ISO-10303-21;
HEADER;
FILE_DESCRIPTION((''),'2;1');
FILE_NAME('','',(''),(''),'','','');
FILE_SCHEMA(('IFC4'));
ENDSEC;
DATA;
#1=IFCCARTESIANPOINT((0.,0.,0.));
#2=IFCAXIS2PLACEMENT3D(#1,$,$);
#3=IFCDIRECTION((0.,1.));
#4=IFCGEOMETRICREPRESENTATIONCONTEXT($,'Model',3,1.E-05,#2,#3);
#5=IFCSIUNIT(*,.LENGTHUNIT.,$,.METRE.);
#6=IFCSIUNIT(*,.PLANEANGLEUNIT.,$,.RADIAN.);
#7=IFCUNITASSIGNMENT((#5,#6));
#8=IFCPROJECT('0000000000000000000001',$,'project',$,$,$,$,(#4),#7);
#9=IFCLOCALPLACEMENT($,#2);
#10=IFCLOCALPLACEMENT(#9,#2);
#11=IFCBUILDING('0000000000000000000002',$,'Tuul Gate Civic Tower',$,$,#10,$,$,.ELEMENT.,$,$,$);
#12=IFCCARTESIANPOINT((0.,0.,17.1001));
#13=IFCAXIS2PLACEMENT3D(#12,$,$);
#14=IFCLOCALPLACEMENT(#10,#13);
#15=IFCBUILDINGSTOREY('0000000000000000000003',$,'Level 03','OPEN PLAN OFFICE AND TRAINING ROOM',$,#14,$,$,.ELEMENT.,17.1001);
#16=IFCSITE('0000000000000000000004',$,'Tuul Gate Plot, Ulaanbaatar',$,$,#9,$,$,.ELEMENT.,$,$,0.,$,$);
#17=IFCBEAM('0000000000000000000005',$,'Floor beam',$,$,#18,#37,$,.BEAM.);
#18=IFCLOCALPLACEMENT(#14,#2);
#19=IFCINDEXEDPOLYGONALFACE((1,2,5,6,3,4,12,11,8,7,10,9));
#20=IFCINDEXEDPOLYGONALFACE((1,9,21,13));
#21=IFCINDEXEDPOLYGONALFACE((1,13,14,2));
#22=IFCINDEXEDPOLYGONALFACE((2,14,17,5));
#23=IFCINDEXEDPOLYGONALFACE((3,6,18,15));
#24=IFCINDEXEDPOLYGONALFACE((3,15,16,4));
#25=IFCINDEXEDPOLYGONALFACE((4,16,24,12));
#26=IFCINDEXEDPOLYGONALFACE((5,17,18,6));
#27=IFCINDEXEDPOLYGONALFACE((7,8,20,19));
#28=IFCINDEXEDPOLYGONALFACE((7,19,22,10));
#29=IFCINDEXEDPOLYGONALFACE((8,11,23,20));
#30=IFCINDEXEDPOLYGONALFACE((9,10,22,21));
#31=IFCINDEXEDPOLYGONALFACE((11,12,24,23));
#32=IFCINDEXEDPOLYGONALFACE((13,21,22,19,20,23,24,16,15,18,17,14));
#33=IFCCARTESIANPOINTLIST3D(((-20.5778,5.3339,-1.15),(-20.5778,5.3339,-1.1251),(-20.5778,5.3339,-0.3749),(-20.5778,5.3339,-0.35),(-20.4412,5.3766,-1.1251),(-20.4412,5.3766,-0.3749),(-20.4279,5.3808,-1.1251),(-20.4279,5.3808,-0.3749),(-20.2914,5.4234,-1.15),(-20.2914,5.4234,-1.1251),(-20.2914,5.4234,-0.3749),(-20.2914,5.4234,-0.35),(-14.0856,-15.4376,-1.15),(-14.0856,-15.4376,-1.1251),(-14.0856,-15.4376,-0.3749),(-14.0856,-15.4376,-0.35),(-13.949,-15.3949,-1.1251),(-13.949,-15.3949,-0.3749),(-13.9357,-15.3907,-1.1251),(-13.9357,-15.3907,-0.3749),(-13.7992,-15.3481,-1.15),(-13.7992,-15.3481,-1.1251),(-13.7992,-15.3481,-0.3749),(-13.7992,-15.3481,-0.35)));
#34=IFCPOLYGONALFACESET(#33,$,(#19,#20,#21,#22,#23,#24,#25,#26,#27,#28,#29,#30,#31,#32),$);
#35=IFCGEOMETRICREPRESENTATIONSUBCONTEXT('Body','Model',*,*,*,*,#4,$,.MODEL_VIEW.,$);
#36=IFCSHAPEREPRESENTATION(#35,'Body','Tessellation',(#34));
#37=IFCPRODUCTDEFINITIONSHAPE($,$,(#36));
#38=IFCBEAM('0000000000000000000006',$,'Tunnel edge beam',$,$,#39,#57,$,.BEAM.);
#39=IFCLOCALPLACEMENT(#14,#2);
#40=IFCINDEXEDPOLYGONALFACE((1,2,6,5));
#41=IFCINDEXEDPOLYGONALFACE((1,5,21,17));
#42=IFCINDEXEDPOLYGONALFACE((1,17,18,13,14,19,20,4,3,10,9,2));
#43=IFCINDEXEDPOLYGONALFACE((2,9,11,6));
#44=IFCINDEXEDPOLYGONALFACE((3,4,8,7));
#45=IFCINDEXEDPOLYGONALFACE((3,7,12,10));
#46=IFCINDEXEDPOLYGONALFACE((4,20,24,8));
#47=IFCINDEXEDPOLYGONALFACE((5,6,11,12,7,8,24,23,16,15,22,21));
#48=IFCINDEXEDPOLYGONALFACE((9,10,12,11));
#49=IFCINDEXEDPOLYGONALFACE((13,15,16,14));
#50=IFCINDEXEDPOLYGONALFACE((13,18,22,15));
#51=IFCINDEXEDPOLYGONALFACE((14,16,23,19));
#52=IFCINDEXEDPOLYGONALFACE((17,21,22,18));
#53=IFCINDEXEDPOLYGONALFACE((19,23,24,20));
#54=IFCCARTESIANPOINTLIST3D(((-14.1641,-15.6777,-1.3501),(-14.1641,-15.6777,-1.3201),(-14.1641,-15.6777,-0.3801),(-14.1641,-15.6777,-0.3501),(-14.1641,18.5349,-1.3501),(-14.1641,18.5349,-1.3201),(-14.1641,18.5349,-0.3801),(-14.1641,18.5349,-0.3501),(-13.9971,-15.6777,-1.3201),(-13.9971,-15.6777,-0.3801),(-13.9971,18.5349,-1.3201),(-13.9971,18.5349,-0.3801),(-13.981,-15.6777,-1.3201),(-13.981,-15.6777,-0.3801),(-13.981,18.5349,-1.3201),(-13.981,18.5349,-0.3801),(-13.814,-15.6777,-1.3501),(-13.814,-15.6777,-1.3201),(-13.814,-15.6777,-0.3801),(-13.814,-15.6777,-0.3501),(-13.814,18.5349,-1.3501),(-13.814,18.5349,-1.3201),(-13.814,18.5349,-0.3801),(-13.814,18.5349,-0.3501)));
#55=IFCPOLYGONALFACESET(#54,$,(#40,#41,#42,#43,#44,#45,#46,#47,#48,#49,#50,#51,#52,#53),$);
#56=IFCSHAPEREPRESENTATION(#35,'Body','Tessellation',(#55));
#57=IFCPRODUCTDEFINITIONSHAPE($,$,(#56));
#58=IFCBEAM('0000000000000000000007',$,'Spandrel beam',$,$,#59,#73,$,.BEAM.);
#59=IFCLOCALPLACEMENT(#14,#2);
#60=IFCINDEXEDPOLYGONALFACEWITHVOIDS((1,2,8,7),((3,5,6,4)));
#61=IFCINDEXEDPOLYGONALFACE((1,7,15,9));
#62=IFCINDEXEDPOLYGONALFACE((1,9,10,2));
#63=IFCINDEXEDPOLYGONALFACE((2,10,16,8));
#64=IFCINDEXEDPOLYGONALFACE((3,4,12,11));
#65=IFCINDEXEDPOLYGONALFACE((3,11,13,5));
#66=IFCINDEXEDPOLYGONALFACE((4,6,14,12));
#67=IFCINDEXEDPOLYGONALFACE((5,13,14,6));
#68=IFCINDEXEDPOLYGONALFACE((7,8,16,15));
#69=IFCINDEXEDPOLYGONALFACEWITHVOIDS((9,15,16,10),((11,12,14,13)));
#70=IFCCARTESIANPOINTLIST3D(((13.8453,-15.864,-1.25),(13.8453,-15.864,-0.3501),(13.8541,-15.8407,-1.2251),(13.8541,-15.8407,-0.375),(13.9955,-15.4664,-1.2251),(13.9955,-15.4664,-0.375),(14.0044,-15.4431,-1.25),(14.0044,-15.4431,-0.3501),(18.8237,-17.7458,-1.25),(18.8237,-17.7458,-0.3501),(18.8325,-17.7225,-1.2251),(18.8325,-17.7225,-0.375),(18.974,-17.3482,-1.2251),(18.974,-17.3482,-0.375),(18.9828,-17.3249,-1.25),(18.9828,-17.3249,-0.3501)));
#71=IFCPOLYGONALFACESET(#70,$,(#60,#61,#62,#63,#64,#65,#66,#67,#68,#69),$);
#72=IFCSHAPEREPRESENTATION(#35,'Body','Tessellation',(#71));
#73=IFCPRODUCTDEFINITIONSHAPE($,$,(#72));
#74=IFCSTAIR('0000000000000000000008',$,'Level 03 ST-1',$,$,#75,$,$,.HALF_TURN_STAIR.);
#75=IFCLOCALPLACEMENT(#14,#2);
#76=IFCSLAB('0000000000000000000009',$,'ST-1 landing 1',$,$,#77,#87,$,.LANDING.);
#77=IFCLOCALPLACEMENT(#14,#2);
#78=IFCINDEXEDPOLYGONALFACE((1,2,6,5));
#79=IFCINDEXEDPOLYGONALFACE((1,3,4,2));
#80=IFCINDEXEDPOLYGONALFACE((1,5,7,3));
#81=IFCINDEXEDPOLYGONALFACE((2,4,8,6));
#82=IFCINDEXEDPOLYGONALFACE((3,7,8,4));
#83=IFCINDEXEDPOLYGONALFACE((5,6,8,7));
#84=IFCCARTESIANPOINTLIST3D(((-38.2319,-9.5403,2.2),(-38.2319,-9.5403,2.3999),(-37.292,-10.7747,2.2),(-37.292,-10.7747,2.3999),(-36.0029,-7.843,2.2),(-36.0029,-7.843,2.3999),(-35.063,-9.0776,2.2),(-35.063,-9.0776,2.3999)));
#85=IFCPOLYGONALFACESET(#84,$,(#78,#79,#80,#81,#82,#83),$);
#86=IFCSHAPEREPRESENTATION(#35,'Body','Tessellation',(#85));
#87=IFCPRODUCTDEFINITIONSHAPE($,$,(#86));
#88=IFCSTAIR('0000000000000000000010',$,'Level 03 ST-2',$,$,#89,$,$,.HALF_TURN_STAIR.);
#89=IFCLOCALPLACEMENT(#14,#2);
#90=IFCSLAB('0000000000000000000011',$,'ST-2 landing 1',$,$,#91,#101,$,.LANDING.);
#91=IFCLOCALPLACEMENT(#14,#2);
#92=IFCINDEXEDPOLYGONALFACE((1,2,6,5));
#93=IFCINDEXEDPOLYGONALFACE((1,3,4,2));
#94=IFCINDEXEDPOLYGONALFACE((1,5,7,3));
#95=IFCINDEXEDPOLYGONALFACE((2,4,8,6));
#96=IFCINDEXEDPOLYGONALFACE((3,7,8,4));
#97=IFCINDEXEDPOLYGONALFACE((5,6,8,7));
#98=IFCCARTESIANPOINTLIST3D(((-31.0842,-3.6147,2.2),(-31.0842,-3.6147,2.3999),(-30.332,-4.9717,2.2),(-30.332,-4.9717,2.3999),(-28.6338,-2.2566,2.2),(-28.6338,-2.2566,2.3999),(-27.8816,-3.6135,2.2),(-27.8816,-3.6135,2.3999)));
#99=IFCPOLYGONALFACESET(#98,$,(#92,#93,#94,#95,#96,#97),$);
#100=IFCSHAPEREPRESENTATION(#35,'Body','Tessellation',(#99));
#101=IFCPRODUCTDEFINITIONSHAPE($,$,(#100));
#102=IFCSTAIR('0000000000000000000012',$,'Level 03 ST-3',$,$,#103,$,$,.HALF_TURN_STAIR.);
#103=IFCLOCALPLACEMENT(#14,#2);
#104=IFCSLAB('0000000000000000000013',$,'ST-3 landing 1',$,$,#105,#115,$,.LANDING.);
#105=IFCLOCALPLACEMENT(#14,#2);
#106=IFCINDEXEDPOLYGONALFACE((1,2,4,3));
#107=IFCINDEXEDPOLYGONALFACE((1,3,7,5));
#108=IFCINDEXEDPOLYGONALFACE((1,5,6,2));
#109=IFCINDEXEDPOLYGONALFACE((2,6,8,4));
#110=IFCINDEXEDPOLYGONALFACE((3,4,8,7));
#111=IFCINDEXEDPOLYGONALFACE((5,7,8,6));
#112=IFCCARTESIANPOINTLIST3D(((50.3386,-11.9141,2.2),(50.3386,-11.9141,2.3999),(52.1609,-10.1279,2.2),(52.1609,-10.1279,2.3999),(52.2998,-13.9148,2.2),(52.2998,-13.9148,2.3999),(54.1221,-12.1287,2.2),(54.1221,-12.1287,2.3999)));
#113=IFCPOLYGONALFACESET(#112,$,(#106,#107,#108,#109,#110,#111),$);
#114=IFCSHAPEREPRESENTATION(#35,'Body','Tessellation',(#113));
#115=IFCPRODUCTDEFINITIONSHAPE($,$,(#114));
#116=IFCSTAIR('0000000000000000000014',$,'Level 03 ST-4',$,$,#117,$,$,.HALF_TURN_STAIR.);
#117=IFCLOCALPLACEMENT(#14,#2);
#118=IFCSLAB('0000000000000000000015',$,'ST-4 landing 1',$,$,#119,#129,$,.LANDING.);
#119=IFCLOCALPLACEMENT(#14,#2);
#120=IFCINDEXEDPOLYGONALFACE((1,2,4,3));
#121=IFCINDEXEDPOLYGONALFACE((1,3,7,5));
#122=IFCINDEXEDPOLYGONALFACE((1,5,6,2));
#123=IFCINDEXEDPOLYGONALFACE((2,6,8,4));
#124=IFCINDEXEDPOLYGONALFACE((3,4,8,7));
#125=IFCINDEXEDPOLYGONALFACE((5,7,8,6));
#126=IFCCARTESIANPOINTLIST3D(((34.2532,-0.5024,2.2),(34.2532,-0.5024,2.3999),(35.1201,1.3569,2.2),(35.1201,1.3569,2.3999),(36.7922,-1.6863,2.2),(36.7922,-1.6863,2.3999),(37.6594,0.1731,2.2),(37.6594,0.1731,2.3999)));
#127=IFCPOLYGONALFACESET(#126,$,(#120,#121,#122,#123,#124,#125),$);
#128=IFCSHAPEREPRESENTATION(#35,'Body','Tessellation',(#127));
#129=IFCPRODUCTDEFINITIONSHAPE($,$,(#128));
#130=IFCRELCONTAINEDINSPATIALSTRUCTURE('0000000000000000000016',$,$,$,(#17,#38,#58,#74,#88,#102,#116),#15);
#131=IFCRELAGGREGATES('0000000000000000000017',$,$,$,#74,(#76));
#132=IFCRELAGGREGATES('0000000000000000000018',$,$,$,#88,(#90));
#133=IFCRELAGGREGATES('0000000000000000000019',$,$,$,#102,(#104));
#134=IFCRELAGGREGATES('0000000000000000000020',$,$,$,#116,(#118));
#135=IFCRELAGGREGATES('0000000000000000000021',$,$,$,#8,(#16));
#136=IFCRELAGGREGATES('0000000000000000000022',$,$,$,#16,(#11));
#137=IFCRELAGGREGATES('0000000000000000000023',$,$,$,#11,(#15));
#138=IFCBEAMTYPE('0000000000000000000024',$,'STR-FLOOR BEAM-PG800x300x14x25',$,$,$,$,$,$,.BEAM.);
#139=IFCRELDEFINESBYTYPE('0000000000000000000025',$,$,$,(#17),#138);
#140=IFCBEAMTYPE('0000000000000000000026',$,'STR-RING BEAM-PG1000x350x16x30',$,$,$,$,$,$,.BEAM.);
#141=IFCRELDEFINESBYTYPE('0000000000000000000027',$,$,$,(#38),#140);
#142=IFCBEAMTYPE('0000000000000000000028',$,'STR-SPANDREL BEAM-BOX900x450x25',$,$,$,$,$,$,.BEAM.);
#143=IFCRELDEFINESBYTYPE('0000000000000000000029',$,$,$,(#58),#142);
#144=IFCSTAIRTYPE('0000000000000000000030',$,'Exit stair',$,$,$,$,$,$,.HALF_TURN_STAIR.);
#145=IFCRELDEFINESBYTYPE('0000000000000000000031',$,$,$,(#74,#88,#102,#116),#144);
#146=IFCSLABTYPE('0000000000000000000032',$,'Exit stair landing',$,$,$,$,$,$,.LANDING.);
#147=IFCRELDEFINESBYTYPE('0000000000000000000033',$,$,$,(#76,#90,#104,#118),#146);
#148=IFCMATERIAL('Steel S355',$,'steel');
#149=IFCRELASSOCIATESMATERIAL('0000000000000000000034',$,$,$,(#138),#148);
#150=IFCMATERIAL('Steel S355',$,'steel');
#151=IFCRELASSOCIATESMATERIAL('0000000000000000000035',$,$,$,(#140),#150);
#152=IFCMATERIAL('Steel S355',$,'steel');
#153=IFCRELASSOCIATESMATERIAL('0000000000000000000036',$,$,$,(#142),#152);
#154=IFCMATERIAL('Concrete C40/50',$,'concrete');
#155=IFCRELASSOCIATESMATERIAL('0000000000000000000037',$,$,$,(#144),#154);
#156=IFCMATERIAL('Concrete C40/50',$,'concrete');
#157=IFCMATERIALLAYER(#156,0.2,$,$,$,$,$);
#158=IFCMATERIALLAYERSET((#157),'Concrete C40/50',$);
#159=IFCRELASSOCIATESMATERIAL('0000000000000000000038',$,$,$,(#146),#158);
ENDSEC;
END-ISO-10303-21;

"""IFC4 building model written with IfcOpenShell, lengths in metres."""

from ifc_helpers import new_model, si_unit, direction, frame, origin, origin_2d, place, context, subcontext, project, spatial, polyline, hollow_rectangle, i_section, outline, extrude, material, layer, layer_set, material_profile, profile_set, type_object, element, aggregate, save


model = new_model("IFC4")

# Units and contexts
model_context = context("Model", 3, precision=1e-05, world=origin(), true_north=direction((0.0, 1.0)))
body_context = subcontext(model_context, "Body", "Model", "MODEL_VIEW")
ifc_project = project(units=[si_unit("LENGTHUNIT", "METRE"), si_unit("PLANEANGLEUNIT", "RADIAN")], contexts=[model_context])

# Site, building, storey
site_placement = place(None, origin())
site = spatial("IfcSite", under=ifc_project, at=site_placement, Name="Tuul Gate Plot, Ulaanbaatar", CompositionType="ELEMENT", RefElevation=0.0)
building_placement = place(site_placement, origin())
building = spatial("IfcBuilding", under=site, at=building_placement, Name="Tuul Gate Civic Tower", CompositionType="ELEMENT")
storey_placement = place(building_placement, frame((0.0, 0.0, 17.1001)))
storey = spatial("IfcBuildingStorey", under=building, at=storey_placement, Name="Level 03", Description="OPEN PLAN OFFICE AND TRAINING ROOM", CompositionType="ELEMENT", Elevation=17.1001)

# Beams
ifc_material_1 = material(Name="Steel S355", Category="steel")
ifc_material_profile_1 = material_profile(ifc_material_1, i_section(OverallWidth=0.3, OverallDepth=0.8, WebThickness=0.0139, FlangeThickness=0.0249, at=origin_2d()), Name="PG800x300x14x25")
ifc_profile_set_1 = profile_set([ifc_material_profile_1], Name="Steel S355")
beam_type_1 = type_object("IfcBeamType", Name="STR-FLOOR BEAM-PG800x300x14x25", PredefinedType="BEAM", material=ifc_profile_set_1)
beam_1_placement = place(storey_placement, frame((-13.9424, -15.3928, -0.75), z_axis=(-0.298321, 0.954466, 0.0), x_axis=(-0.954466, -0.298321, 0.0)))
element("IfcBeam", 1, at=beam_1_placement, inside=storey, type_object=beam_type_1, Name="Floor beam", PredefinedType="BEAM", context=body_context, shape_type="SweptSolid", body=[
    extrude(i_section(OverallWidth=0.3, OverallDepth=0.8, WebThickness=0.0139, FlangeThickness=0.0249, at=origin_2d()), origin(), (0.0, 0.0, 1.0), 21.7625),
])
ifc_material_2 = material(Name="Steel S355", Category="steel")
ifc_material_profile_2 = material_profile(ifc_material_2, i_section(OverallWidth=0.3501, OverallDepth=1.0, WebThickness=0.0161, FlangeThickness=0.03, at=origin_2d()), Name="PG1000x350x16x30")
ifc_profile_set_2 = profile_set([ifc_material_profile_2], Name="Steel S355")
beam_type_2 = type_object("IfcBeamType", Name="STR-RING BEAM-PG1000x350x16x30", PredefinedType="BEAM", material=ifc_profile_set_2)
beam_2_placement = place(storey_placement, frame((-13.989, -15.6777, -0.8501), z_axis=(0.0, 1.0, 0.0), x_axis=(-1.0, 0.0, 0.0)))
element("IfcBeam", 2, at=beam_2_placement, inside=storey, type_object=beam_type_2, Name="Tunnel edge beam", PredefinedType="BEAM", context=body_context, shape_type="SweptSolid", body=[
    extrude(i_section(OverallWidth=0.3501, OverallDepth=1.0, WebThickness=0.0161, FlangeThickness=0.03, at=origin_2d()), origin(), (0.0, 0.0, 1.0), 34.2126),
])
ifc_material_3 = material(Name="Steel S355", Category="steel")
ifc_material_profile_3 = material_profile(ifc_material_3, hollow_rectangle(XDim=0.45, YDim=0.8999, WallThickness=0.0249, at=origin_2d()), Name="BOX900x450x25")
ifc_profile_set_3 = profile_set([ifc_material_profile_3], Name="Steel S355")
beam_type_3 = type_object("IfcBeamType", Name="STR-SPANDREL BEAM-BOX900x450x25", PredefinedType="BEAM", material=ifc_profile_set_3)
beam_3_placement = place(storey_placement, frame((13.9248, -15.6536, -0.8), z_axis=(0.935406, -0.353575, 0.0), x_axis=(0.353575, 0.935406, 0.0)))
element("IfcBeam", 3, at=beam_3_placement, inside=storey, type_object=beam_type_3, Name="Spandrel beam", PredefinedType="BEAM", context=body_context, shape_type="SweptSolid", body=[
    extrude(hollow_rectangle(XDim=0.45, YDim=0.8999, WallThickness=0.0249, at=origin_2d()), origin(), (0.0, 0.0, 1.0), 5.3223),
])

# Stairs, slabs
ifc_material_4 = material(Name="Concrete C40/50", Category="concrete")
stair_type = type_object("IfcStairType", Name="Exit stair", PredefinedType="HALF_TURN_STAIR", material=ifc_material_4)
stair_1_placement = place(storey_placement, origin())
stair_1 = element("IfcStair", 4, at=stair_1_placement, inside=storey, type_object=stair_type, Name="Level 03 ST-1", PredefinedType="HALF_TURN_STAIR")
ifc_material_5 = material(Name="Concrete C40/50", Category="concrete")
ifc_layer = layer(ifc_material_5, 0.2)
ifc_layer_set = layer_set([ifc_layer], Name="Concrete C40/50")
slab_type = type_object("IfcSlabType", Name="Exit stair landing", PredefinedType="LANDING", material=ifc_layer_set)
slab_1_placement = place(storey_placement, frame((0.0, 0.0, 2.2)))
slab_1 = element("IfcSlab", 5, at=slab_1_placement, type_object=slab_type, Name="ST-1 landing 1", PredefinedType="LANDING", context=body_context, shape_type="SweptSolid", body=[
    extrude(outline(polyline([(-35.063, -9.0776), (-37.292, -10.7747), (-38.2319, -9.5403), (-36.0029, -7.843), (-35.063, -9.0776)])), origin(), (0.0, 0.0, 1.0), 0.2),
])
aggregate(stair_1, [slab_1])
stair_2_placement = place(storey_placement, origin())
stair_2 = element("IfcStair", 6, at=stair_2_placement, inside=storey, type_object=stair_type, Name="Level 03 ST-2", PredefinedType="HALF_TURN_STAIR")
slab_2_placement = place(storey_placement, frame((0.0, 0.0, 2.2)))
slab_2 = element("IfcSlab", 7, at=slab_2_placement, type_object=slab_type, Name="ST-2 landing 1", PredefinedType="LANDING", context=body_context, shape_type="SweptSolid", body=[
    extrude(outline(polyline([(-27.8816, -3.6135), (-30.332, -4.9717), (-31.0842, -3.6147), (-28.6338, -2.2566), (-27.8816, -3.6135)])), origin(), (0.0, 0.0, 1.0), 0.2),
])
aggregate(stair_2, [slab_2])
stair_3_placement = place(storey_placement, origin())
stair_3 = element("IfcStair", 8, at=stair_3_placement, inside=storey, type_object=stair_type, Name="Level 03 ST-3", PredefinedType="HALF_TURN_STAIR")
slab_3_placement = place(storey_placement, frame((0.0, 0.0, 2.2)))
slab_3 = element("IfcSlab", 9, at=slab_3_placement, type_object=slab_type, Name="ST-3 landing 1", PredefinedType="LANDING", context=body_context, shape_type="SweptSolid", body=[
    extrude(outline(polyline([(52.2998, -13.9148), (50.3386, -11.9141), (52.1609, -10.1279), (54.1221, -12.1287), (52.2998, -13.9148)])), origin(), (0.0, 0.0, 1.0), 0.2),
])
aggregate(stair_3, [slab_3])
stair_4_placement = place(storey_placement, origin())
stair_4 = element("IfcStair", 10, at=stair_4_placement, inside=storey, type_object=stair_type, Name="Level 03 ST-4", PredefinedType="HALF_TURN_STAIR")
slab_4_placement = place(storey_placement, frame((0.0, 0.0, 2.2)))
slab_4 = element("IfcSlab", 11, at=slab_4_placement, type_object=slab_type, Name="ST-4 landing 1", PredefinedType="LANDING", context=body_context, shape_type="SweptSolid", body=[
    extrude(outline(polyline([(36.7922, -1.6863), (34.2532, -0.5024), (35.1201, 1.3569), (37.6594, 0.1731), (36.7922, -1.6863)])), origin(), (0.0, 0.0, 1.0), 0.2),
])
aggregate(stair_4, [slab_4])

save(model, "model.ifc")
